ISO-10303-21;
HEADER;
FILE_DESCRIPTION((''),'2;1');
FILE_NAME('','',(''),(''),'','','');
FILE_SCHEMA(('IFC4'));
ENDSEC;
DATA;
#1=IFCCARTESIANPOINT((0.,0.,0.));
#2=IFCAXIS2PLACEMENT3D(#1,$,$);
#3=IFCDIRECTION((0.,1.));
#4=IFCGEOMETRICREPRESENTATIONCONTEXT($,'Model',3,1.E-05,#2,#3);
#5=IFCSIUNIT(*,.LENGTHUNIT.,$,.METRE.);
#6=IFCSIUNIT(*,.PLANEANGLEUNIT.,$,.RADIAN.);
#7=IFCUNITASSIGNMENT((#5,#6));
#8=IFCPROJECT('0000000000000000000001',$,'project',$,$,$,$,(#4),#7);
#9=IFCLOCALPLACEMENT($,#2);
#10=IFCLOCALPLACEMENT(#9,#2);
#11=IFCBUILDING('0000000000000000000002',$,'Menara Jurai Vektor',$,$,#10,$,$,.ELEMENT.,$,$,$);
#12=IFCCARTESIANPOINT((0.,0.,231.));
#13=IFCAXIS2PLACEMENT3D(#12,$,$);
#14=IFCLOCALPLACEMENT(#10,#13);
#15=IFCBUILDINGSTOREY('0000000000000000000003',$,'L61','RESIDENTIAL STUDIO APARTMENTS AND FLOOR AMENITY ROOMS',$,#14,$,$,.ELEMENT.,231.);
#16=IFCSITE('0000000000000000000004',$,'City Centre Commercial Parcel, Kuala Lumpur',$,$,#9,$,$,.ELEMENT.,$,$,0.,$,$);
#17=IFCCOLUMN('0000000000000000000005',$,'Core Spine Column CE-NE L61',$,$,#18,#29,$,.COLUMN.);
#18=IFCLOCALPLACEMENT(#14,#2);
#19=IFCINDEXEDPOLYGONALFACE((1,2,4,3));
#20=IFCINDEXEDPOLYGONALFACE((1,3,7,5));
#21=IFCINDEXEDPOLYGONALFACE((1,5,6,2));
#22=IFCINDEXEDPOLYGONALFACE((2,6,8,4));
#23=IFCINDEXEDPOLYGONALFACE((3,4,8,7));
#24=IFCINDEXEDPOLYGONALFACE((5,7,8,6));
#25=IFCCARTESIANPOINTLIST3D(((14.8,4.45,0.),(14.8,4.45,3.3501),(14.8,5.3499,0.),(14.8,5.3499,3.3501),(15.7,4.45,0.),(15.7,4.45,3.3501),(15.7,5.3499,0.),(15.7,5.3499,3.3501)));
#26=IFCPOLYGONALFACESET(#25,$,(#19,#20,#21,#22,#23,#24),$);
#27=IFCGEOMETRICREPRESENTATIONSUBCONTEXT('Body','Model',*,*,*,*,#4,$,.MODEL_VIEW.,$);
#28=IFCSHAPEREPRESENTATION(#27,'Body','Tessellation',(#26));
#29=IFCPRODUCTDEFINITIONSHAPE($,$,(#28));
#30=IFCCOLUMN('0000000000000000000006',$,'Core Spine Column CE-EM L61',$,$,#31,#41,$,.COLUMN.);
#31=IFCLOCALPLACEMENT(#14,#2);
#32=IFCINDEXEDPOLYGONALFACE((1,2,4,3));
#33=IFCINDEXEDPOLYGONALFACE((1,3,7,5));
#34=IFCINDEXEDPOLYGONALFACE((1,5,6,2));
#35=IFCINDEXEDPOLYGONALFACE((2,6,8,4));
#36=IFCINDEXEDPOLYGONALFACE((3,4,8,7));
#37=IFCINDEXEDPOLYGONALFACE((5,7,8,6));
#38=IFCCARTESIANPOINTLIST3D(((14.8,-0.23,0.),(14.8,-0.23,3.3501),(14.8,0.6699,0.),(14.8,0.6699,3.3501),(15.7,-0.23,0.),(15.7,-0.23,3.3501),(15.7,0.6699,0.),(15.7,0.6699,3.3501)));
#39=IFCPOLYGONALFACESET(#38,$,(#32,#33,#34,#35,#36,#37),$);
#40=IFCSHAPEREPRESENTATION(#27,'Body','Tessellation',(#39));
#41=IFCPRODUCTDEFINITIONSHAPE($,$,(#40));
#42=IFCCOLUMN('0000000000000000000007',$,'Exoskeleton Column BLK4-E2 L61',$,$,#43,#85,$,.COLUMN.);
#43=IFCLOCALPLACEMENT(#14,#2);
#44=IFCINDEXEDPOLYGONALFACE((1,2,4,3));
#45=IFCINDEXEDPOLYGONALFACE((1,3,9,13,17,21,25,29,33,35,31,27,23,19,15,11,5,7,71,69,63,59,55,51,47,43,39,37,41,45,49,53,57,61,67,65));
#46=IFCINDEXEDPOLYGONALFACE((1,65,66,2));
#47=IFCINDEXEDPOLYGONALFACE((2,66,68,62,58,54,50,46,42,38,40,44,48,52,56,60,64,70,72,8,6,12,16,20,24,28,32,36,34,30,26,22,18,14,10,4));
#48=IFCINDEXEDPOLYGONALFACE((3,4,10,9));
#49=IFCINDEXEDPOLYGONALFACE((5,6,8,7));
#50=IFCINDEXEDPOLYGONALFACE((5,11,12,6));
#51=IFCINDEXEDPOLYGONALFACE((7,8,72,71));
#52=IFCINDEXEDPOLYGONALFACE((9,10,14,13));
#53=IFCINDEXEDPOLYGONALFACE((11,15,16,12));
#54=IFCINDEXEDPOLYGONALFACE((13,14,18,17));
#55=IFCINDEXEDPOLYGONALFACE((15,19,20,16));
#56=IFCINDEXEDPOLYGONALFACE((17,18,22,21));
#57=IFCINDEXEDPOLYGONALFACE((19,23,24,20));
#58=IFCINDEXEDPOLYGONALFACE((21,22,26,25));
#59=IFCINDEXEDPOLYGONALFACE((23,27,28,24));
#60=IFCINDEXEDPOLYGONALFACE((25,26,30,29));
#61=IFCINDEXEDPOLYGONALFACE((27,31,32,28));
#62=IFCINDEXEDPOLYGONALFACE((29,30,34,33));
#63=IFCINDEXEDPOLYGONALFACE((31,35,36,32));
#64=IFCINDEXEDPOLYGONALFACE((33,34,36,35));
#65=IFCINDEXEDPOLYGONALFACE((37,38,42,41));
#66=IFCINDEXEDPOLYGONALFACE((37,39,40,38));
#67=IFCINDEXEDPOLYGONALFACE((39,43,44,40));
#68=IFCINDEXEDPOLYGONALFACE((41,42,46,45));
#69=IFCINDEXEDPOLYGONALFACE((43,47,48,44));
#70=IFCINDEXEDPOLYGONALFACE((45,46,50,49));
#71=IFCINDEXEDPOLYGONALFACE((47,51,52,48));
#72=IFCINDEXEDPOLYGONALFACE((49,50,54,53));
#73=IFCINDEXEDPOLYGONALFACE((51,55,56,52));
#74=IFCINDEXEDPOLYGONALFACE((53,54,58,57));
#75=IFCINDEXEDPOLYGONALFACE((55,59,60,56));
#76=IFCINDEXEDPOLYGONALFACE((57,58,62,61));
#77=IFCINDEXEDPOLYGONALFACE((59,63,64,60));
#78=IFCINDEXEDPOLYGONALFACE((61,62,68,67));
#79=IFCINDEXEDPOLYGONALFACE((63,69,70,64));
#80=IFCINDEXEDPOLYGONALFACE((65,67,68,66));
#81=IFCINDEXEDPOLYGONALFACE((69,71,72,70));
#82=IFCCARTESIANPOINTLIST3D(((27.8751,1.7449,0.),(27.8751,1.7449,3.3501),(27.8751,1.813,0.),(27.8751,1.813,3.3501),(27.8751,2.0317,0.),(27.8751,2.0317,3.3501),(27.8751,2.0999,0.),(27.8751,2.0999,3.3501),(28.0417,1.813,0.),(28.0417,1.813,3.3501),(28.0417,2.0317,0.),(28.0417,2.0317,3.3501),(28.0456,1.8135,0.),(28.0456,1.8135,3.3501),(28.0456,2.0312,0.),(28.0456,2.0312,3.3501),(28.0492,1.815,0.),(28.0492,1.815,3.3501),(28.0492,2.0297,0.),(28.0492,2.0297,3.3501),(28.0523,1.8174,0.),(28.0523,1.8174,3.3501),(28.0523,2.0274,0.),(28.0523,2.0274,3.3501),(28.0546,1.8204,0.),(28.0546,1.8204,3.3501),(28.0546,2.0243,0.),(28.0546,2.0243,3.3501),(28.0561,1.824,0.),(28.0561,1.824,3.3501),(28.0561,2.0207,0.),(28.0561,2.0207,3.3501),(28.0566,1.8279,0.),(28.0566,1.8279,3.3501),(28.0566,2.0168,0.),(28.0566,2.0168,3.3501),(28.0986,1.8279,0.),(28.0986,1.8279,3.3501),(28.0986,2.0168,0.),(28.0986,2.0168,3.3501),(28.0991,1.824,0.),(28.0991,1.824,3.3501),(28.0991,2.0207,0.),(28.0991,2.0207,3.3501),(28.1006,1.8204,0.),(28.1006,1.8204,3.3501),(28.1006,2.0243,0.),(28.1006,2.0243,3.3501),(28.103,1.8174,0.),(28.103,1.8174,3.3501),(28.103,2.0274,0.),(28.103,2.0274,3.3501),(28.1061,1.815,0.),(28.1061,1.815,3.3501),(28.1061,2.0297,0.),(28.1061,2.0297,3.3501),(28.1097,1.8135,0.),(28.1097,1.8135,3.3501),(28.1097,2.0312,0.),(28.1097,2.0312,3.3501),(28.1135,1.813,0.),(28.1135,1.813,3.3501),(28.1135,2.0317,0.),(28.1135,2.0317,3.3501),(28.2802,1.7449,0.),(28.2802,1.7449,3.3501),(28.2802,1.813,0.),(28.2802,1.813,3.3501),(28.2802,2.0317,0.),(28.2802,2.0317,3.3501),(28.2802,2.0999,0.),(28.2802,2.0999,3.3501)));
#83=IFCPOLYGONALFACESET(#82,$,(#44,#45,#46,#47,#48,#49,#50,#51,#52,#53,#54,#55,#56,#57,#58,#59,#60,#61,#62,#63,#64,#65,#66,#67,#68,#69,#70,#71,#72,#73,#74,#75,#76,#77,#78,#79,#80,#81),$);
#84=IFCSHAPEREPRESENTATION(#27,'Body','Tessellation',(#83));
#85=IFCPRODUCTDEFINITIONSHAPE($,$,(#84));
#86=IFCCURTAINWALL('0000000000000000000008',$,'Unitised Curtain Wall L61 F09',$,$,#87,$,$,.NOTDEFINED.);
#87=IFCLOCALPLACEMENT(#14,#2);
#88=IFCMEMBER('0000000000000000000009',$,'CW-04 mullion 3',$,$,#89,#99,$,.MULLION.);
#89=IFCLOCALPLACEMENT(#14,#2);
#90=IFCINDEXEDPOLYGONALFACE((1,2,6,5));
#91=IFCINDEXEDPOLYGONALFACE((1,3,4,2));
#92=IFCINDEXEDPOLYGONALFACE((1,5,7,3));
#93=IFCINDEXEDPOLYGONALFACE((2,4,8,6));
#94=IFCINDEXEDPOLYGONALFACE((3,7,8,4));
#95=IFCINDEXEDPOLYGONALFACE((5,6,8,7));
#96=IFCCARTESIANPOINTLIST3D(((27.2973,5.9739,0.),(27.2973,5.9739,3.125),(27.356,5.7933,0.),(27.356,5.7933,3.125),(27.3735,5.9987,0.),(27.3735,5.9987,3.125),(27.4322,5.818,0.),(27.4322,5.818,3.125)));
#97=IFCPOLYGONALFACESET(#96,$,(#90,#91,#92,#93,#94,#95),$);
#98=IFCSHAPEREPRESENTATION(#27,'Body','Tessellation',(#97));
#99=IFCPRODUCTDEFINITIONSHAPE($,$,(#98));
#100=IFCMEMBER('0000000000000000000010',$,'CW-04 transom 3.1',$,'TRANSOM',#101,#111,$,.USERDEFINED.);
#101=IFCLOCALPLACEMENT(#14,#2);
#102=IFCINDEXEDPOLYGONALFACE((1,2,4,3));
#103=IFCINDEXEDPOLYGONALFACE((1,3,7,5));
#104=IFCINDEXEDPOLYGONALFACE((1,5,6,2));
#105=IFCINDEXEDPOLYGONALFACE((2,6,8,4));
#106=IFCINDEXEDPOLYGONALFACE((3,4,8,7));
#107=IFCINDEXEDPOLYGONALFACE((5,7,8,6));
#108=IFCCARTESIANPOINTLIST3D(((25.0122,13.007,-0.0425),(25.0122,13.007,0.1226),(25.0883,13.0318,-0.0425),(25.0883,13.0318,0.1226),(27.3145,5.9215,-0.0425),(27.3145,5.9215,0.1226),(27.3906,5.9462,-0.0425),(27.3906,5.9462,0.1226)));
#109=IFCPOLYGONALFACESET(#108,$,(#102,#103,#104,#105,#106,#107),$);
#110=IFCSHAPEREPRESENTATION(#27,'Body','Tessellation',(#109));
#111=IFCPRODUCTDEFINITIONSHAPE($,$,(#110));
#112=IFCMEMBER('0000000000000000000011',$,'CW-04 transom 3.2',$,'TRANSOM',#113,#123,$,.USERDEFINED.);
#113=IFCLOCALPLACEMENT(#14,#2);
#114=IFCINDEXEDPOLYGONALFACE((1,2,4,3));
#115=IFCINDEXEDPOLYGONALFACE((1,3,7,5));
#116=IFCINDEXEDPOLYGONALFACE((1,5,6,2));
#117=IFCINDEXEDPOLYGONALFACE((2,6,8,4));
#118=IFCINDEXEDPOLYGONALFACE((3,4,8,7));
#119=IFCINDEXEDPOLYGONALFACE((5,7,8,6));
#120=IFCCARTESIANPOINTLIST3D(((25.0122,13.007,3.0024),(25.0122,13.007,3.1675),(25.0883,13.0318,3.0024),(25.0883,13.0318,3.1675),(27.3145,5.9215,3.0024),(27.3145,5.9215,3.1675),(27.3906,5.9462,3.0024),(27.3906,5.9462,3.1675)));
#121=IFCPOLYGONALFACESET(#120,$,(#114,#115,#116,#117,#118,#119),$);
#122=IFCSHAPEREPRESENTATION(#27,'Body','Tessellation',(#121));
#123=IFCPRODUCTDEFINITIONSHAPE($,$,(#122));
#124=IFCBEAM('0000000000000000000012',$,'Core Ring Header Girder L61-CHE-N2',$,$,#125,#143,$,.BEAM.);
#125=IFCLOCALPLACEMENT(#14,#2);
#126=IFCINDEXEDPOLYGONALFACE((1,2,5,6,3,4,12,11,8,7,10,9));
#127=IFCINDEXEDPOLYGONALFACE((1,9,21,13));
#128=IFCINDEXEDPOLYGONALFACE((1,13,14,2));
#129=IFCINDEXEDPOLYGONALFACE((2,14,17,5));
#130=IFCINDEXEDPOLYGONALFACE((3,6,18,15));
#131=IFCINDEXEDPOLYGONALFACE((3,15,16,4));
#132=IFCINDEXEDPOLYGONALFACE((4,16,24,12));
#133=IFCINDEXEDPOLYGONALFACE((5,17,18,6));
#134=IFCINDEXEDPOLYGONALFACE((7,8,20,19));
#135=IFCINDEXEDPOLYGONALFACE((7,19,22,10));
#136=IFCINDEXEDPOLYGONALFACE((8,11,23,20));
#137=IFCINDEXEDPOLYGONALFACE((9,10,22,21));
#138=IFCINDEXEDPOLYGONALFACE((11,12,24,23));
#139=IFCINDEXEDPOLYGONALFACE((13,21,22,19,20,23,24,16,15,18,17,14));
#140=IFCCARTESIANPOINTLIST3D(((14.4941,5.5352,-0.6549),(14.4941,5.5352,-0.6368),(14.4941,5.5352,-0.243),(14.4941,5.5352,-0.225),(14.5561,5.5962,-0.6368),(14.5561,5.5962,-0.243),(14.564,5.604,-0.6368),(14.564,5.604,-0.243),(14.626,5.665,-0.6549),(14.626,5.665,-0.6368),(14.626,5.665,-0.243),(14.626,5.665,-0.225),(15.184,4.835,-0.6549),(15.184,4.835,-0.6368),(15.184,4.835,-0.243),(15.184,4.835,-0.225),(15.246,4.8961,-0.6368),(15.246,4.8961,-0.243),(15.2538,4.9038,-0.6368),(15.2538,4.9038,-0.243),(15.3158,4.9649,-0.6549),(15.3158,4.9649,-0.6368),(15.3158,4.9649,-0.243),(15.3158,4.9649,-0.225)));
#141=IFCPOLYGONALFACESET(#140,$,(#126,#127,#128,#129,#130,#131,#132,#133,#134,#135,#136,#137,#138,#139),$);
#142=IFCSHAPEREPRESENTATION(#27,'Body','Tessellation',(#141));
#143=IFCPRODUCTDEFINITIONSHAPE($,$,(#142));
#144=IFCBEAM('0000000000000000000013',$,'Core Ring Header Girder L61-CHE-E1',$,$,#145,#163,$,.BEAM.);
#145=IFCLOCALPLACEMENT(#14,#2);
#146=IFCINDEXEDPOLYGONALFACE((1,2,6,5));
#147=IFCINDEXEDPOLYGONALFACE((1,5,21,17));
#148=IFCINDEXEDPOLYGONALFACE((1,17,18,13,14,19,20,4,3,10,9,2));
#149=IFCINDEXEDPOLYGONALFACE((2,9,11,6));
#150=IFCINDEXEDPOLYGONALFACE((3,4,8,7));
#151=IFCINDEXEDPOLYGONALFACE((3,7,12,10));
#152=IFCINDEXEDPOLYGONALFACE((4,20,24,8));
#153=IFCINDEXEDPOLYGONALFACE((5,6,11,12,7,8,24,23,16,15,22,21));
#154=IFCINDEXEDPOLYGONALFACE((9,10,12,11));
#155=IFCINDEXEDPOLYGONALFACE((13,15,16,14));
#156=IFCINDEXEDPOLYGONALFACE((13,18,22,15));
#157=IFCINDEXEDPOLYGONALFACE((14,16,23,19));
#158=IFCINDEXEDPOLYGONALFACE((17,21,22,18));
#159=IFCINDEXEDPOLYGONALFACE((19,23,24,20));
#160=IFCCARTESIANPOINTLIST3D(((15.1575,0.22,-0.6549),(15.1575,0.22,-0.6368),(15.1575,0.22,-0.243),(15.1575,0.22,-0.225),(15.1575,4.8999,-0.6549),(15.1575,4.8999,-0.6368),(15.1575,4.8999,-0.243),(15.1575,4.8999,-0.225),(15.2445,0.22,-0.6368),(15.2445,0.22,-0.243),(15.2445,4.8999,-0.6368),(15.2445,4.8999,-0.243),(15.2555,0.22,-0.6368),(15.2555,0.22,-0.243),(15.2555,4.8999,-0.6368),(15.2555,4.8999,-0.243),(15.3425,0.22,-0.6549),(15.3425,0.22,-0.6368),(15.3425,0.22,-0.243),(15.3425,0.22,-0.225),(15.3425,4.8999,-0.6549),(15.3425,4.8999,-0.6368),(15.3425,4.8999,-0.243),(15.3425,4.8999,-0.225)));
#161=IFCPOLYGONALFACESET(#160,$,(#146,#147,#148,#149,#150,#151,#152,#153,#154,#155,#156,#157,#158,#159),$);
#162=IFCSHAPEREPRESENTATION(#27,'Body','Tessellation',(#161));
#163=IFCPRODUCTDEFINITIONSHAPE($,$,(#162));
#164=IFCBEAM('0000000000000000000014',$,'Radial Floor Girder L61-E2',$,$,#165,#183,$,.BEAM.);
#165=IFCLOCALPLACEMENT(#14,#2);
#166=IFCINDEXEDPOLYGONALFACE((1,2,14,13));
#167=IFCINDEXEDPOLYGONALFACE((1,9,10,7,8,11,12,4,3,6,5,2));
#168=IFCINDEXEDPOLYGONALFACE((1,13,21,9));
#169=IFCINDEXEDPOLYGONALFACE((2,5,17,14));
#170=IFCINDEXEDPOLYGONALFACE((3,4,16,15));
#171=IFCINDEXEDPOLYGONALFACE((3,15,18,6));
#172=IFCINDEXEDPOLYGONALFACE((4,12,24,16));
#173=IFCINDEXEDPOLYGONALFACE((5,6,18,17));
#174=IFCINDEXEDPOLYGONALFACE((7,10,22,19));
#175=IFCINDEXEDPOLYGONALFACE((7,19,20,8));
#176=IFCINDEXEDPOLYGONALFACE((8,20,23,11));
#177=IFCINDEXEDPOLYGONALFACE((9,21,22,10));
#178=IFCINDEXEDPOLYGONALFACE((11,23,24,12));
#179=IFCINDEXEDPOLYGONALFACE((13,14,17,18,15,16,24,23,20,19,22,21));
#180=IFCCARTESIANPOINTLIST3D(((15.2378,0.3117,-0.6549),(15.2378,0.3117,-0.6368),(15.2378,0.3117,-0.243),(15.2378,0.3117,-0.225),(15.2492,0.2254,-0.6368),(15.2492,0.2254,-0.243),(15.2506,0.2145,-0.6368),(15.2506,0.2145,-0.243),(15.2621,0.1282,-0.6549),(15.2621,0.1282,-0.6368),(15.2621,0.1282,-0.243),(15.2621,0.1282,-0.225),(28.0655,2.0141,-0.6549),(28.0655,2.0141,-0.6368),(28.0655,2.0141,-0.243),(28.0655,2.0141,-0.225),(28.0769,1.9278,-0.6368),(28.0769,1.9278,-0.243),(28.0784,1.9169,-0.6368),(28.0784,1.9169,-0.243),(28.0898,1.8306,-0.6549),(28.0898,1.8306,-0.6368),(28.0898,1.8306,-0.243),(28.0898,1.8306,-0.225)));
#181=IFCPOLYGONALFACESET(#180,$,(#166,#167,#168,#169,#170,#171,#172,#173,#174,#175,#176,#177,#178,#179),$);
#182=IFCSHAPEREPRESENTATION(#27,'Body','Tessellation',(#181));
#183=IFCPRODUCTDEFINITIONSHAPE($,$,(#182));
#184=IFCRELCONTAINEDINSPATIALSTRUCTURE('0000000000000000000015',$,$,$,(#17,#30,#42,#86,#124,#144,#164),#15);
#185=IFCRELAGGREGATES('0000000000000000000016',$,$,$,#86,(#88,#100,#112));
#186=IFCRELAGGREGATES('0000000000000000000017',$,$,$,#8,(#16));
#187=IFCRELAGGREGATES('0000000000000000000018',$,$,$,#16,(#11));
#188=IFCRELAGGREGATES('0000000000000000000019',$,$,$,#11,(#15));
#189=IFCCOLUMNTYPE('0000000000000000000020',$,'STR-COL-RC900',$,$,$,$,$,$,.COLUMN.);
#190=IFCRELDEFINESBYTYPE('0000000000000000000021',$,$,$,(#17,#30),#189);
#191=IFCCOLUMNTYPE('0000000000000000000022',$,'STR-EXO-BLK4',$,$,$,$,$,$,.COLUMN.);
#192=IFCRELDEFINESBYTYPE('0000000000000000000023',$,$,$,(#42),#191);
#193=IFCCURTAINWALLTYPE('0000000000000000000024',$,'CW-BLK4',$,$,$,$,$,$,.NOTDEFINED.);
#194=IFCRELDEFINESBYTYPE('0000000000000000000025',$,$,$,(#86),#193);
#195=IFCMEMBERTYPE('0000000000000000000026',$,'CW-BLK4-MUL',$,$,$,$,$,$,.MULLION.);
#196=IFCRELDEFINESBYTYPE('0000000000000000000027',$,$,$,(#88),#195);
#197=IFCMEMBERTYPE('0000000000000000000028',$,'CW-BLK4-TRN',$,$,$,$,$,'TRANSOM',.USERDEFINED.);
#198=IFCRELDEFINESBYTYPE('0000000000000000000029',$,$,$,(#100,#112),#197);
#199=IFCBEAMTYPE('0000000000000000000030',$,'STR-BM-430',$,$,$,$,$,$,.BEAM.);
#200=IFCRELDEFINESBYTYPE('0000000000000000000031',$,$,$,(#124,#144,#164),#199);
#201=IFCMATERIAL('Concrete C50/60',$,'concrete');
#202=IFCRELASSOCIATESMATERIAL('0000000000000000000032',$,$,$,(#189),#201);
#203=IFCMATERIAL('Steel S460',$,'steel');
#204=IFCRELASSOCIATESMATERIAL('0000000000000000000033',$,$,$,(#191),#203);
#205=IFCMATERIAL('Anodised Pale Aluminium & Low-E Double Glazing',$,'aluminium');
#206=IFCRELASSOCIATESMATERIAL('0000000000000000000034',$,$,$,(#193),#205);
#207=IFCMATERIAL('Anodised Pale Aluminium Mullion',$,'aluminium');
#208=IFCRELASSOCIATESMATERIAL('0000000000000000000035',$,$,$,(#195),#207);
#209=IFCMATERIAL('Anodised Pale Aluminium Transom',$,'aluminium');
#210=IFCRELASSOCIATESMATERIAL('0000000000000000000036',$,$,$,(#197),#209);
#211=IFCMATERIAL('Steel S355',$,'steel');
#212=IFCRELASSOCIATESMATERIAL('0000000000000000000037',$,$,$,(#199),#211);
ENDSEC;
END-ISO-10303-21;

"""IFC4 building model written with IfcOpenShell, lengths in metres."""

from ifc_helpers import new_model, si_unit, direction, frame, origin, origin_2d, place, context, subcontext, project, spatial, rectangle, i_section, extrude, material, material_profile, profile_set, type_object, element, aggregate, save


model = new_model("IFC4")

# Units and contexts
model_context = context("Model", 3, precision=1e-05, world=origin(), true_north=direction((0.0, 1.0)))
body_context = subcontext(model_context, "Body", "Model", "MODEL_VIEW")
ifc_project = project(units=[si_unit("LENGTHUNIT", "METRE"), si_unit("PLANEANGLEUNIT", "RADIAN")], contexts=[model_context])

# Site, building, storey
site_placement = place(None, origin())
site = spatial("IfcSite", under=ifc_project, at=site_placement, Name="City Centre Commercial Parcel, Kuala Lumpur", CompositionType="ELEMENT", RefElevation=0.0)
building_placement = place(site_placement, origin())
building = spatial("IfcBuilding", under=site, at=building_placement, Name="Menara Jurai Vektor", CompositionType="ELEMENT")
storey_placement = place(building_placement, frame((0.0, 0.0, 231.0)))
storey = spatial("IfcBuildingStorey", under=building, at=storey_placement, Name="L61", Description="RESIDENTIAL STUDIO APARTMENTS AND FLOOR AMENITY ROOMS", CompositionType="ELEMENT", Elevation=231.0)

# Columns
ifc_material_1 = material(Name="Concrete C50/60", Category="concrete")
ifc_material_profile_1 = material_profile(ifc_material_1, rectangle(XDim=0.8999, YDim=0.8999, at=origin_2d()), Name="RC 900x900")
ifc_profile_set_1 = profile_set([ifc_material_profile_1], Name="Concrete C50/60")
column_type_1 = type_object("IfcColumnType", Name="STR-COL-RC900", PredefinedType="COLUMN", material=ifc_profile_set_1)
for number, where, z_axis, x_axis, name in (
    (1, (15.25, 4.8999, 0.0), (0.0, 0.0, 1.0), (1.0, 0.0, 0.0), "Core Spine Column CE-NE L61"),
    (2, (15.25, 0.22, 0.0), (0.0, 0.0, 1.0), (1.0, 0.0, 0.0), "Core Spine Column CE-EM L61"),
):
    element("IfcColumn", number, at=place(storey_placement, frame(where, z_axis=z_axis, x_axis=x_axis)), inside=storey, type_object=column_type_1, Name=name, PredefinedType="COLUMN", context=body_context, shape_type="SweptSolid", body=[
        extrude(rectangle(XDim=0.8999, YDim=0.8999, at=origin_2d()), origin(), (0.0, 0.0, 1.0), 3.3501),
    ])
ifc_material_2 = material(Name="Steel S460", Category="steel")
ifc_material_profile_2 = material_profile(ifc_material_2, i_section(OverallWidth=0.405, OverallDepth=0.355, WebThickness=0.042, FlangeThickness=0.0681, FilletRadius=0.0149, at=origin_2d()), Name="HD 400x551")
ifc_profile_set_2 = profile_set([ifc_material_profile_2], Name="Steel S460")
column_type_2 = type_object("IfcColumnType", Name="STR-EXO-BLK4", PredefinedType="COLUMN", material=ifc_profile_set_2)
column_placement = place(storey_placement, frame((28.0776, 1.9224, 0.0), z_axis=(0.0, 0.0, 1.0), x_axis=(1.0, 0.0, 0.0)))
element("IfcColumn", 3, at=column_placement, inside=storey, type_object=column_type_2, Name="Exoskeleton Column BLK4-E2 L61", PredefinedType="COLUMN", context=body_context, shape_type="SweptSolid", body=[
    extrude(i_section(OverallWidth=0.405, OverallDepth=0.355, WebThickness=0.042, FlangeThickness=0.0681, FilletRadius=0.0149, at=origin_2d()), origin(), (0.0, 0.0, 1.0), 3.3501),
])

# Curtain wall, members
ifc_material_3 = material(Name="Anodised Pale Aluminium & Low-E Double Glazing", Category="aluminium")
curtain_wall_type = type_object("IfcCurtainWallType", Name="CW-BLK4", PredefinedType="NOTDEFINED", material=ifc_material_3)
curtain_wall_placement = place(storey_placement, origin())
curtain_wall = element("IfcCurtainWall", 4, at=curtain_wall_placement, inside=storey, type_object=curtain_wall_type, Name="Unitised Curtain Wall L61 F09", PredefinedType="NOTDEFINED")
ifc_material_4 = material(Name="Anodised Pale Aluminium Mullion", Category="aluminium")
ifc_material_profile_3 = material_profile(ifc_material_4, rectangle(XDim=0.0801, YDim=0.1899, at=origin_2d()), Name="ALU MUL 80x190")
ifc_profile_set_3 = profile_set([ifc_material_profile_3], Name="Anodised Pale Aluminium Mullion")
member_type_1 = type_object("IfcMemberType", Name="CW-BLK4-MUL", PredefinedType="MULLION", material=ifc_profile_set_3)
member_1_placement = place(storey_placement, frame((27.3647, 5.896, 0.0), z_axis=(0.0, 0.0, 1.0), x_axis=(-0.951056, -0.309017, 0.0)))
member_1 = element("IfcMember", 5, at=member_1_placement, type_object=member_type_1, Name="CW-04 mullion 3", PredefinedType="MULLION", context=body_context, shape_type="SweptSolid", body=[
    extrude(rectangle(XDim=0.0801, YDim=0.1899, at=origin_2d()), origin(), (0.0, 0.0, 1.0), 3.125),
])
ifc_material_5 = material(Name="Anodised Pale Aluminium Transom", Category="aluminium")
ifc_material_profile_4 = material_profile(ifc_material_5, rectangle(XDim=0.0801, YDim=0.165, at=origin_2d()), Name="ALU TRN 80x165")
ifc_profile_set_4 = profile_set([ifc_material_profile_4], Name="Anodised Pale Aluminium Transom")
member_type_2 = type_object("IfcMemberType", Name="CW-BLK4-TRN", ElementType="TRANSOM", PredefinedType="USERDEFINED", material=ifc_profile_set_4)
member_2_placement = place(storey_placement, frame((27.3525, 5.9338, 0.04), z_axis=(-0.309022, 0.951055, 0.0), x_axis=(-0.951055, -0.309022, 0.0)))
member_2 = element("IfcMember", 6, at=member_2_placement, type_object=member_type_2, Name="CW-04 transom 3.1", ObjectType="TRANSOM", PredefinedType="USERDEFINED", context=body_context, shape_type="SweptSolid", body=[
    extrude(rectangle(XDim=0.0801, YDim=0.165, at=origin_2d()), origin(), (0.0, 0.0, 1.0), 7.4502),
])
member_3_placement = place(storey_placement, frame((27.3525, 5.9338, 3.085), z_axis=(-0.309022, 0.951055, 0.0), x_axis=(-0.951055, -0.309022, 0.0)))
member_3 = element("IfcMember", 7, at=member_3_placement, type_object=member_type_2, Name="CW-04 transom 3.2", ObjectType="TRANSOM", PredefinedType="USERDEFINED", context=body_context, shape_type="SweptSolid", body=[
    extrude(rectangle(XDim=0.0801, YDim=0.165, at=origin_2d()), origin(), (0.0, 0.0, 1.0), 7.4502),
])

# Beams
ifc_material_6 = material(Name="Steel S355", Category="steel")
ifc_material_profile_5 = material_profile(ifc_material_6, i_section(OverallWidth=0.1851, OverallDepth=0.4299, WebThickness=0.011, FlangeThickness=0.0181, at=origin_2d()), Name="PG 430x185x76")
ifc_profile_set_5 = profile_set([ifc_material_profile_5], Name="Steel S355")
beam_type_1 = type_object("IfcBeamType", Name="STR-BM-430", PredefinedType="BEAM", material=ifc_profile_set_5)
beam_1_placement = place(storey_placement, frame((14.5601, 5.6001, -0.4399), z_axis=(0.701872, -0.712303, 0.0), x_axis=(0.712303, 0.701872, 0.0)))
element("IfcBeam", 8, at=beam_1_placement, inside=storey, type_object=beam_type_1, Name="Core Ring Header Girder L61-CHE-N2", PredefinedType="BEAM", context=body_context, shape_type="SweptSolid", body=[
    extrude(i_section(OverallWidth=0.1851, OverallDepth=0.4299, WebThickness=0.011, FlangeThickness=0.0181, at=origin_2d()), origin(), (0.0, 0.0, 1.0), 0.9829),
])
beam_2_placement = place(storey_placement, frame((15.25, 0.22, -0.4399), z_axis=(0.0, 1.0, 0.0), x_axis=(-1.0, 0.0, 0.0)))
element("IfcBeam", 9, at=beam_2_placement, inside=storey, type_object=beam_type_1, Name="Core Ring Header Girder L61-CHE-E1", PredefinedType="BEAM", context=body_context, shape_type="SweptSolid", body=[
    extrude(i_section(OverallWidth=0.1851, OverallDepth=0.4299, WebThickness=0.011, FlangeThickness=0.0181, at=origin_2d()), origin(), (0.0, 0.0, 1.0), 4.6799),
])
beam_3_placement = place(storey_placement, frame((28.0776, 1.9224, -0.4399), z_axis=(-0.991308, -0.131559, 0.0), x_axis=(0.131559, -0.991308, 0.0)))
element("IfcBeam", 10, at=beam_3_placement, inside=storey, type_object=beam_type_1, Name="Radial Floor Girder L61-E2", PredefinedType="BEAM", context=body_context, shape_type="SweptSolid", body=[
    extrude(i_section(OverallWidth=0.1851, OverallDepth=0.4299, WebThickness=0.011, FlangeThickness=0.0181, at=origin_2d()), origin(), (0.0, 0.0, 1.0), 12.9402),
])

aggregate(curtain_wall, [member_1, member_2, member_3])

save(model, "model.ifc")
